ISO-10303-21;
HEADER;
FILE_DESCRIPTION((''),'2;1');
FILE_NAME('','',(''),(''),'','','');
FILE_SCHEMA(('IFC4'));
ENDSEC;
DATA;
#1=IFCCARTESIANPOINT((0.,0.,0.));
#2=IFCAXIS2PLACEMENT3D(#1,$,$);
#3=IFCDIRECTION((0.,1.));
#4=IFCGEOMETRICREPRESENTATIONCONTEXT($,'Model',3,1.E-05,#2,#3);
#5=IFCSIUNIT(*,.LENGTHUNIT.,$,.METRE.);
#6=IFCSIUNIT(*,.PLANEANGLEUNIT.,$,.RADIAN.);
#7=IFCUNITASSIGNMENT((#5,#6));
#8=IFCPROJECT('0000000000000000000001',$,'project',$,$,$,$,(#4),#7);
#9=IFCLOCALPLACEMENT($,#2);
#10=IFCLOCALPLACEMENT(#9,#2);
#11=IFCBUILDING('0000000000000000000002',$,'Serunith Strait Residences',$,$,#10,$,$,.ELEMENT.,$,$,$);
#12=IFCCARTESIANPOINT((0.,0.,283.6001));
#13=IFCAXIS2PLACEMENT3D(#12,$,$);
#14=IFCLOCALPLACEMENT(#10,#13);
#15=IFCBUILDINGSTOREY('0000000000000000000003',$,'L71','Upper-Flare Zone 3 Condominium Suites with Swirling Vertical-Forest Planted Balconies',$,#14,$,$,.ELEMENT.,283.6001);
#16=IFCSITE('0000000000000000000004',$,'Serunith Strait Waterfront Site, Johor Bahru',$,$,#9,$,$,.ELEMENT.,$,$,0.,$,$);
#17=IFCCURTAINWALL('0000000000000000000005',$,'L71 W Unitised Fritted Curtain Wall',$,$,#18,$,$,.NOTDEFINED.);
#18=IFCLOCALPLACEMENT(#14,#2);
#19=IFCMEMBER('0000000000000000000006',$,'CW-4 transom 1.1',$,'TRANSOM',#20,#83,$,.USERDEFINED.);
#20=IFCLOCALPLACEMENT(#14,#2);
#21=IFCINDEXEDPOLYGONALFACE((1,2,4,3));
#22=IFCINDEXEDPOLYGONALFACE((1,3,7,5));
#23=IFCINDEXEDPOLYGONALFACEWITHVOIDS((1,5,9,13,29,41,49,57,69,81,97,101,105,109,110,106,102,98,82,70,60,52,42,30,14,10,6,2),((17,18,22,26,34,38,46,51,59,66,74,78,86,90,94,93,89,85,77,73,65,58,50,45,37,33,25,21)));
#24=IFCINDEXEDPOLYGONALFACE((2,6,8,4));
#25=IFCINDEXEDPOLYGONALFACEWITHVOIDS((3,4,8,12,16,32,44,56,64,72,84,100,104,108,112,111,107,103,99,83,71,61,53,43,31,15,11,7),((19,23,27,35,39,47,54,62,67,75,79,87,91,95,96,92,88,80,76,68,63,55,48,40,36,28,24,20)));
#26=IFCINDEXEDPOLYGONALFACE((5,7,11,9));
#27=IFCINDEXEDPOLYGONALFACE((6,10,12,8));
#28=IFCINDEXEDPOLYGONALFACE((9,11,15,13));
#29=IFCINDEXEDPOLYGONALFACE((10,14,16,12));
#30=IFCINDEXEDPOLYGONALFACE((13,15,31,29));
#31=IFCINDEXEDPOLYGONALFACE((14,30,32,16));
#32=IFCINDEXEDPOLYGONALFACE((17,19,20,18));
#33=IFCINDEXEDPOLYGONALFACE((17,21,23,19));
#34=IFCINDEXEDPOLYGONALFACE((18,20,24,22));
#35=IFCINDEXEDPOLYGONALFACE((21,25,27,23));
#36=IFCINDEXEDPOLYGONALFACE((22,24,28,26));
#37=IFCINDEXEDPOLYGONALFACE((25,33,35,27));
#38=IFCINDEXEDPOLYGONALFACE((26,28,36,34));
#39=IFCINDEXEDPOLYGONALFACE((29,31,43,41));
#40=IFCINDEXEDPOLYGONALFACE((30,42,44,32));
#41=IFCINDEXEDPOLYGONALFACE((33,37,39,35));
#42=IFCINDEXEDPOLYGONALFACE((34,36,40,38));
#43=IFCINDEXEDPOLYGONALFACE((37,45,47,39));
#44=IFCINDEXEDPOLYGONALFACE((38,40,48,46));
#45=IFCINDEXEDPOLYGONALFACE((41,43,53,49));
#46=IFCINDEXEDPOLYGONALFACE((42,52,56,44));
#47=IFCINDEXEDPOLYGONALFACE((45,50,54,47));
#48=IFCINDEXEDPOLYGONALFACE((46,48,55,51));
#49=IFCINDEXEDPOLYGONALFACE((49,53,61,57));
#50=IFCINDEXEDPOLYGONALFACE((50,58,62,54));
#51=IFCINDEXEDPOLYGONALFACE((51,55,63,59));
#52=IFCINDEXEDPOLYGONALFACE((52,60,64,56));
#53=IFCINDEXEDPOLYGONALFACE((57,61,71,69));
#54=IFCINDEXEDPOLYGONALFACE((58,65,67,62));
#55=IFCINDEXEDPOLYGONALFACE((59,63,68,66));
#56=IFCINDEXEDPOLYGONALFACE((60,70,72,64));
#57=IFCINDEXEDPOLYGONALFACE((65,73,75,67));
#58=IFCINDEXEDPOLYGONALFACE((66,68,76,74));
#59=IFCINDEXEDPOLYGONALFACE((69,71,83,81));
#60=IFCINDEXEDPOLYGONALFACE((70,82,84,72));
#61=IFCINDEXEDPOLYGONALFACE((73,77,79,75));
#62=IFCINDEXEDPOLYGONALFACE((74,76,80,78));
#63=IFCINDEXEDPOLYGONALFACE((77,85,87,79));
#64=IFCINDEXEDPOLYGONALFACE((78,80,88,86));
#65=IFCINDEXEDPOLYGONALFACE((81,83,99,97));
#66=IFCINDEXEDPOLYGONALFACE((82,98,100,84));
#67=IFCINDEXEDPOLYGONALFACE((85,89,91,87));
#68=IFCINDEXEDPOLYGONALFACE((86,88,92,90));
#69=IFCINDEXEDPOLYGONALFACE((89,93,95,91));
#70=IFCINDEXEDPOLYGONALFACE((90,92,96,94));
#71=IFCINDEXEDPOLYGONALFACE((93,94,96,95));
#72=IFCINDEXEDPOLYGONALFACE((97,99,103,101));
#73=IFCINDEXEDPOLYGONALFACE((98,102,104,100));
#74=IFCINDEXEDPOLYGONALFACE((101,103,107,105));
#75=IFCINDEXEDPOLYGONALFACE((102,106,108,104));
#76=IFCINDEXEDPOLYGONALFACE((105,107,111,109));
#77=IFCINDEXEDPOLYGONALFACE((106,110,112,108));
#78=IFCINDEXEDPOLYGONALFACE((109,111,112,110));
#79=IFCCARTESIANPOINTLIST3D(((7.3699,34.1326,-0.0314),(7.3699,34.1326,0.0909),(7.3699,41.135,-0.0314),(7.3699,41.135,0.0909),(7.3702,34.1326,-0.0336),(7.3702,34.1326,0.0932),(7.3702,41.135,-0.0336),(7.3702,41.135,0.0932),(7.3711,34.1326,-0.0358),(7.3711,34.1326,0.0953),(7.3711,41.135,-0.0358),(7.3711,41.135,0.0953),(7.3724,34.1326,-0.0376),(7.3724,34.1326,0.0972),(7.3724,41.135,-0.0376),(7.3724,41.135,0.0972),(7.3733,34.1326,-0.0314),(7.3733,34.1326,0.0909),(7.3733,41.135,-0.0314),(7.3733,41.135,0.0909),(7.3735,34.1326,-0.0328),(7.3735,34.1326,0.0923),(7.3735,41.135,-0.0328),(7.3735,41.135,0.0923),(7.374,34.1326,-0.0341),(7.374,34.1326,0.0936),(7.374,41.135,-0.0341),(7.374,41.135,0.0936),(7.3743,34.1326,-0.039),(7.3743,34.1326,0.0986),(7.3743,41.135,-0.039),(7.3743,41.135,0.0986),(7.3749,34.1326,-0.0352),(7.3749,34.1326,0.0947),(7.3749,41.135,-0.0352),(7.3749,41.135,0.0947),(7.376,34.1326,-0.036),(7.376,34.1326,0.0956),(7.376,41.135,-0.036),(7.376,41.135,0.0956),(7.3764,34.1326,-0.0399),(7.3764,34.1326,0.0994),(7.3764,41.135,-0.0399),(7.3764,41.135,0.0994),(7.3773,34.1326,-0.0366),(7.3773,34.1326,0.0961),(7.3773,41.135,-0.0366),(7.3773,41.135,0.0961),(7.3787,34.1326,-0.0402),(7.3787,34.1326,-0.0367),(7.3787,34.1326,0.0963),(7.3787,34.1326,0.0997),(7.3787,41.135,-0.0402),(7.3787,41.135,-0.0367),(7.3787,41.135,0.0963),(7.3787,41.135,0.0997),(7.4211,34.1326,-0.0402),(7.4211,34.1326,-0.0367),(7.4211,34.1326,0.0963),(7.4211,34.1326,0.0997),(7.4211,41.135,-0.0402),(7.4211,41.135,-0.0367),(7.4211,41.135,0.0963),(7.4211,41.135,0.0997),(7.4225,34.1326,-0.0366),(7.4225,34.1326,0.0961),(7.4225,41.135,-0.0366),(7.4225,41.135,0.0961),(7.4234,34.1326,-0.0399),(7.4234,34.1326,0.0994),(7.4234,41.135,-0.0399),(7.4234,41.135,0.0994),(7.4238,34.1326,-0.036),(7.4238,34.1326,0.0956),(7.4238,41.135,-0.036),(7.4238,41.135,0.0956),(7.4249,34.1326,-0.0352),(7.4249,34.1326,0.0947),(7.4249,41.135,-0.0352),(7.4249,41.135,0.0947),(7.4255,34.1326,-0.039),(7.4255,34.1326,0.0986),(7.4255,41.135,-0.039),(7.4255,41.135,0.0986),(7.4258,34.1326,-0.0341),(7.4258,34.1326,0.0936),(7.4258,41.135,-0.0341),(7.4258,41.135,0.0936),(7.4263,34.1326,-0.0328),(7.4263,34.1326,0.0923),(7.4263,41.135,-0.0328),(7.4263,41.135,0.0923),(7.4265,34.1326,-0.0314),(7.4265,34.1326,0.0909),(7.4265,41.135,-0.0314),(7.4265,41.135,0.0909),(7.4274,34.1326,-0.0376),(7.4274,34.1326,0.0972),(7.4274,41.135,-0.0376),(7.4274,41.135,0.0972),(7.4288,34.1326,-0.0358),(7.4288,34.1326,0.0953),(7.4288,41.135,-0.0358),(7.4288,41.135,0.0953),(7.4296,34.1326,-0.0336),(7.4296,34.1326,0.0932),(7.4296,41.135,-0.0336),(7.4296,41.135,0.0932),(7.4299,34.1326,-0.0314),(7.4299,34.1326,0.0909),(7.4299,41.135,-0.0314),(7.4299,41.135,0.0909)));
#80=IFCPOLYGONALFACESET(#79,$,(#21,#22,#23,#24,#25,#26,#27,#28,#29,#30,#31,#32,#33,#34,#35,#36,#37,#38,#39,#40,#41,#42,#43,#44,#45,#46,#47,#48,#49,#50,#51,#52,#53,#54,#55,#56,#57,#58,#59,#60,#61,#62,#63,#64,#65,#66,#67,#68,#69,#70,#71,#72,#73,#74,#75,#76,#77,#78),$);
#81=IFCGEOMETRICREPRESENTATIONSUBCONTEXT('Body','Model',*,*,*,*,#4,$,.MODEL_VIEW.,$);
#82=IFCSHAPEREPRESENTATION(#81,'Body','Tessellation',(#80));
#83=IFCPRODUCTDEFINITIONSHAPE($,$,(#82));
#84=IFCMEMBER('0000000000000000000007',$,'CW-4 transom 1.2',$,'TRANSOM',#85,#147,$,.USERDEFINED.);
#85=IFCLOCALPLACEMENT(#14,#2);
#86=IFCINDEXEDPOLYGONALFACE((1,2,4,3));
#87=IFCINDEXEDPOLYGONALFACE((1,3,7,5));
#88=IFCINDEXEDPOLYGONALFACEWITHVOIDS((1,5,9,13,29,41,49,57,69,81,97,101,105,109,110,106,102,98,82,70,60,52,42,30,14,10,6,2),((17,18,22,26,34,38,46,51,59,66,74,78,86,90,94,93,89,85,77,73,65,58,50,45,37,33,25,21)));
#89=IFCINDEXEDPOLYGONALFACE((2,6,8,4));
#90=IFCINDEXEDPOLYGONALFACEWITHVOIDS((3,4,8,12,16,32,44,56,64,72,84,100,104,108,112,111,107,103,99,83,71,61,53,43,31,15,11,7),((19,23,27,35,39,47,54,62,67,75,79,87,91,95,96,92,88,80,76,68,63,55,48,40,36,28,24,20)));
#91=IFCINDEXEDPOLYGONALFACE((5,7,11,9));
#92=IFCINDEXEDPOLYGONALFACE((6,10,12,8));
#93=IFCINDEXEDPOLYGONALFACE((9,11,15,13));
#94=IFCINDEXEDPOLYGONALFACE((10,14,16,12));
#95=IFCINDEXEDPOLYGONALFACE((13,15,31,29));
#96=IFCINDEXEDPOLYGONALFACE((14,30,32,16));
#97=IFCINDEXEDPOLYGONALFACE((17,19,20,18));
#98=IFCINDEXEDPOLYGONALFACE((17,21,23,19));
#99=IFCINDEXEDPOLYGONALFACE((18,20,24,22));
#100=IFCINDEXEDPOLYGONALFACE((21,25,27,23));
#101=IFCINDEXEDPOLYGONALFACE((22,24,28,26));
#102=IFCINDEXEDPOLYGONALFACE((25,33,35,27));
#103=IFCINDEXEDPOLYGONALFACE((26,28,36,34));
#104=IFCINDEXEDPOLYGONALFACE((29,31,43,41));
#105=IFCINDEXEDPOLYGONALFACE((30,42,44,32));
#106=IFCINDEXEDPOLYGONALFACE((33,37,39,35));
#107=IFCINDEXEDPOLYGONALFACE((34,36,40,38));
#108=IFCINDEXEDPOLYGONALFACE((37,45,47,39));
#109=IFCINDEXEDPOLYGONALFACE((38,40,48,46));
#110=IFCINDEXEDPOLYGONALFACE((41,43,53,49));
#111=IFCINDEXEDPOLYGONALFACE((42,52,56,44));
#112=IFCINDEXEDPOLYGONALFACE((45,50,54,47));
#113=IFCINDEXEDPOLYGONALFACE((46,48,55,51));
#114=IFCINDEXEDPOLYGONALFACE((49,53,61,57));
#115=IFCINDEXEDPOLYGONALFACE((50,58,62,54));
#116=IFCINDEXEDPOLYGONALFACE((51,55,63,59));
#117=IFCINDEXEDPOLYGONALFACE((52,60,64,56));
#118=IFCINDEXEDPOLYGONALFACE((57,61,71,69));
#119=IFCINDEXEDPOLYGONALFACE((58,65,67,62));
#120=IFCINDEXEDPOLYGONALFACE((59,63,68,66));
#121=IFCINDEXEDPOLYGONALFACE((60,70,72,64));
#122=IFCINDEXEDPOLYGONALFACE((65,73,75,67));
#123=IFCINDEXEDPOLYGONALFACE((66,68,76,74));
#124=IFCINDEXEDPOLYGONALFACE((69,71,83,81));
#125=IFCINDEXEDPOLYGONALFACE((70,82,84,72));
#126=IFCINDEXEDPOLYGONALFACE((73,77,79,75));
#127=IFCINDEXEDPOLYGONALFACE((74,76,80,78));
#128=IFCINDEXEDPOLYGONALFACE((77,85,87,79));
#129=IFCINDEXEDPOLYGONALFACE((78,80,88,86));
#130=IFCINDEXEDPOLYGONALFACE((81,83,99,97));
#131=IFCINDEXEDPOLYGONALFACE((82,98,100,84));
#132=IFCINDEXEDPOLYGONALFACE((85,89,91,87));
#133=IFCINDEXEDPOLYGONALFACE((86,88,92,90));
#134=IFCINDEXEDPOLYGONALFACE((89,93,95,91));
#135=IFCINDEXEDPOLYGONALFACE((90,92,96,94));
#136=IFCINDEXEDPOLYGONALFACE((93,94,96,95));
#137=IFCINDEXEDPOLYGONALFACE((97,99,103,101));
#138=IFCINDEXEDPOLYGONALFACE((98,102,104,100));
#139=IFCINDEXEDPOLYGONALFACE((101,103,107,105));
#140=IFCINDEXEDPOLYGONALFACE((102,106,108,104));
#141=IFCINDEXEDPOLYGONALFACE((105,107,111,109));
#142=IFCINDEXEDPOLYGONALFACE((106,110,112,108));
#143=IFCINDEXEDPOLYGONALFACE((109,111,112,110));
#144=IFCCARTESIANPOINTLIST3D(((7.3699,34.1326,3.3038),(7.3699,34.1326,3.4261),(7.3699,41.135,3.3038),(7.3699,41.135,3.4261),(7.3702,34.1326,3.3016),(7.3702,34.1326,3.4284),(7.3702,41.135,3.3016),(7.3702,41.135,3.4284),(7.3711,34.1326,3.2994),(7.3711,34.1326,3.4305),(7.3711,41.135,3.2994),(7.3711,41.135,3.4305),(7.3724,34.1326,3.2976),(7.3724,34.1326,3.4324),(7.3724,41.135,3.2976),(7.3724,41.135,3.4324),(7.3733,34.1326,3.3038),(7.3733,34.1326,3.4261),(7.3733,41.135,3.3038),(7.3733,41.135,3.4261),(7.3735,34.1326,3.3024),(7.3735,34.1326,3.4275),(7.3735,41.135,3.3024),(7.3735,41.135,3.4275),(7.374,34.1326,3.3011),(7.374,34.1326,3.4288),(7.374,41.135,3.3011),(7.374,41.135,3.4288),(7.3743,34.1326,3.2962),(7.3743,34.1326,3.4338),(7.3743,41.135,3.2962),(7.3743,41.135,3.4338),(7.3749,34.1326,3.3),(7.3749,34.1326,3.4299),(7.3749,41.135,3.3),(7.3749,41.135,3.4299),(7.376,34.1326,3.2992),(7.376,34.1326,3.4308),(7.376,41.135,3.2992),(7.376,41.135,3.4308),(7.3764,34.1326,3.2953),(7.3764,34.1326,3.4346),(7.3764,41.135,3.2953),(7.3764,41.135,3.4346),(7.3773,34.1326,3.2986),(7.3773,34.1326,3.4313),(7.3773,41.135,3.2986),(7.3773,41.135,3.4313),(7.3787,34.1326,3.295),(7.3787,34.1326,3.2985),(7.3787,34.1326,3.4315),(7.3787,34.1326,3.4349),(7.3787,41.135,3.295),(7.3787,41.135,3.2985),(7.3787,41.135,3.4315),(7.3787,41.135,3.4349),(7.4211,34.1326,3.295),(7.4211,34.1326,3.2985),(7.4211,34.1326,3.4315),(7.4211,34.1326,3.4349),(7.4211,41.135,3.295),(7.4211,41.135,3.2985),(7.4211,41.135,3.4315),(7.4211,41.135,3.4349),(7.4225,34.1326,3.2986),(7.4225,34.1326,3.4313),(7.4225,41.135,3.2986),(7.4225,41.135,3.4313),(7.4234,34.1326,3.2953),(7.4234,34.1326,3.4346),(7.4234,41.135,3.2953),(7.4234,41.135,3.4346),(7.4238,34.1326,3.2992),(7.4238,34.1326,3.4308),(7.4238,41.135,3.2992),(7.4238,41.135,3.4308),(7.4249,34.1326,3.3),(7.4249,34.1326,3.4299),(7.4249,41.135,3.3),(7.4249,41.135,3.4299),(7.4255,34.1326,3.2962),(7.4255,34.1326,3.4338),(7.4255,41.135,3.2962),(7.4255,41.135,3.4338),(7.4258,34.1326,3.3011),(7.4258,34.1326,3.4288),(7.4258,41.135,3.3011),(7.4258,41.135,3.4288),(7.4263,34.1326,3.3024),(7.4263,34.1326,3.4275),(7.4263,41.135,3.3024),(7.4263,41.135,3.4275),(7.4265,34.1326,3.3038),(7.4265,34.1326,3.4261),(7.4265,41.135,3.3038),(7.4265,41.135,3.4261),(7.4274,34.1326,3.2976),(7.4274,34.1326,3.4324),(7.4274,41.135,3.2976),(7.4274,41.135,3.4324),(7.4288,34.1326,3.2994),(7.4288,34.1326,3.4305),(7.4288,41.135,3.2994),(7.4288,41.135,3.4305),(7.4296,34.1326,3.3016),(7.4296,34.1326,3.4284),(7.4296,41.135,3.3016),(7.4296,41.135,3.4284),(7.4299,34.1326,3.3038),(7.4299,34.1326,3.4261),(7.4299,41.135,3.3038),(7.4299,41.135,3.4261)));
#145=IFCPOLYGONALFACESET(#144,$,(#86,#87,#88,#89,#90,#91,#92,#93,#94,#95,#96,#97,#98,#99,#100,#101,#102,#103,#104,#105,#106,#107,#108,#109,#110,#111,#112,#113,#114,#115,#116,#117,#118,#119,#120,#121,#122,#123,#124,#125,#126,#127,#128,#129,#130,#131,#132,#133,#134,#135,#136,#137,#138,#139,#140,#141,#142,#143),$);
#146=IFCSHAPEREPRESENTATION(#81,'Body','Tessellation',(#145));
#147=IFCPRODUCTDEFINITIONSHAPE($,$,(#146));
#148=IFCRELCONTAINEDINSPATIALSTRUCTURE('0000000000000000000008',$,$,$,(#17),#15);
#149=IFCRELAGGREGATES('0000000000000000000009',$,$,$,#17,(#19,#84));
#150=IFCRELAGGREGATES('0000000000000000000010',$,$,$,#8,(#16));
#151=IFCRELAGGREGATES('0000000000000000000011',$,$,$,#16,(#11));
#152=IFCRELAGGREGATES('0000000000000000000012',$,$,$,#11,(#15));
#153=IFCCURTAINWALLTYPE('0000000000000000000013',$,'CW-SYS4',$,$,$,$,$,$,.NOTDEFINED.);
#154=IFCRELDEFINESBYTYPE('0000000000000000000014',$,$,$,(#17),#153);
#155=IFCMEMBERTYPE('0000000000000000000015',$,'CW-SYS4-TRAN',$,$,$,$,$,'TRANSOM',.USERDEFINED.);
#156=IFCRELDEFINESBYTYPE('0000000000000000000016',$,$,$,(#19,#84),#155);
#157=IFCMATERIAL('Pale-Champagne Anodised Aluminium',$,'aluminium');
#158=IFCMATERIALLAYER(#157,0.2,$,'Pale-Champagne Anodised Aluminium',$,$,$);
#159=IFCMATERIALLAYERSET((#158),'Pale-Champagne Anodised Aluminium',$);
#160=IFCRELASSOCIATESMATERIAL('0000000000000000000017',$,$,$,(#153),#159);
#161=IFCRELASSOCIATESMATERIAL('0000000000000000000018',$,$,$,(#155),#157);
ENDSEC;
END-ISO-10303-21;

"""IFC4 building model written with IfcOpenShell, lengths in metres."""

from ifc_helpers import new_model, si_unit, direction, frame, origin, origin_2d, place, context, subcontext, project, spatial, hollow_rectangle, extrude, source, transform, mapped, material, layer, layer_set, material_profile, profile_set, type_object, element, aggregate, save


model = new_model("IFC4")

# Units and contexts
model_context = context("Model", 3, precision=1e-05, world=origin(), true_north=direction((0.0, 1.0)))
body_context = subcontext(model_context, "Body", "Model", "MODEL_VIEW")
ifc_project = project(units=[si_unit("LENGTHUNIT", "METRE"), si_unit("PLANEANGLEUNIT", "RADIAN")], contexts=[model_context])

# Site, building, storey
site_placement = place(None, origin())
site = spatial("IfcSite", under=ifc_project, at=site_placement, Name="Serunith Strait Waterfront Site, Johor Bahru", CompositionType="ELEMENT", RefElevation=0.0)
building_placement = place(site_placement, origin())
building = spatial("IfcBuilding", under=site, at=building_placement, Name="Serunith Strait Residences", CompositionType="ELEMENT")
storey_placement = place(building_placement, frame((0.0, 0.0, 283.6001)))
storey = spatial("IfcBuildingStorey", under=building, at=storey_placement, Name="L71", Description="Upper-Flare Zone 3 Condominium Suites with Swirling Vertical-Forest Planted Balconies", CompositionType="ELEMENT", Elevation=283.6001)

# Curtain wall, members
ifc_material_1 = material(Name="Pale-Champagne Anodised Aluminium", Category="aluminium")
ifc_layer_1 = layer(ifc_material_1, 0.2, Name="Pale-Champagne Anodised Aluminium")
ifc_layer_set_1 = layer_set([ifc_layer_1], Name="Pale-Champagne Anodised Aluminium")
curtain_wall_type = type_object("IfcCurtainWallType", Name="CW-SYS4", PredefinedType="NOTDEFINED", material=ifc_layer_set_1)
ifc_material_profile_1 = material_profile(ifc_material_1, hollow_rectangle(XDim=0.0601, YDim=0.1399, WallThickness=0.0034, InnerFilletRadius=0.0054, OuterFilletRadius=0.0088, at=origin_2d()), Name="ALU 140x60x3.5")
ifc_profile_set_1 = profile_set([ifc_material_profile_1], Name="Pale-Champagne Anodised Aluminium")
member_type_1 = type_object("IfcMemberType", Name="CW-SYS4-TRAN", ElementType="TRANSOM", PredefinedType="USERDEFINED", material=ifc_profile_set_1)
curtain_wall_1_placement = place(storey_placement, origin())
curtain_wall_1 = element("IfcCurtainWall", 1, at=curtain_wall_1_placement, inside=storey, type_object=curtain_wall_type, Name="L71 W Unitised Fritted Curtain Wall", PredefinedType="NOTDEFINED")
shared_shape_1 = source(origin(), body_context, "Body", "SweptSolid", [
    extrude(hollow_rectangle(XDim=0.0601, YDim=0.1399, WallThickness=0.0034, InnerFilletRadius=0.0054, OuterFilletRadius=0.0088, at=origin_2d()), origin(), (0.0, 0.0, 1.0), 7.0024),
])
member_1_placement = place(storey_placement, frame((7.3999, 41.135, 0.0298), z_axis=(0.0, -1.0, 0.0), x_axis=(1.0, 0.0, 0.0)))
member_1 = element("IfcMember", 2, at=member_1_placement, type_object=member_type_1, Name="CW-4 transom 1.1", ObjectType="TRANSOM", PredefinedType="USERDEFINED", context=body_context, shape_type="MappedRepresentation", body=[
    mapped(shared_shape_1, transform((0.0, 0.0, 0.0), scale=1.0)),
])
member_2_placement = place(storey_placement, frame((7.3999, 41.135, 3.365), z_axis=(0.0, -1.0, 0.0), x_axis=(1.0, 0.0, 0.0)))
member_2 = element("IfcMember", 3, at=member_2_placement, type_object=member_type_1, Name="CW-4 transom 1.2", ObjectType="TRANSOM", PredefinedType="USERDEFINED", context=body_context, shape_type="MappedRepresentation", body=[
    mapped(shared_shape_1, transform((0.0, 0.0, 0.0), scale=1.0)),
])

aggregate(curtain_wall_1, [member_1, member_2])

save(model, "model.ifc")
